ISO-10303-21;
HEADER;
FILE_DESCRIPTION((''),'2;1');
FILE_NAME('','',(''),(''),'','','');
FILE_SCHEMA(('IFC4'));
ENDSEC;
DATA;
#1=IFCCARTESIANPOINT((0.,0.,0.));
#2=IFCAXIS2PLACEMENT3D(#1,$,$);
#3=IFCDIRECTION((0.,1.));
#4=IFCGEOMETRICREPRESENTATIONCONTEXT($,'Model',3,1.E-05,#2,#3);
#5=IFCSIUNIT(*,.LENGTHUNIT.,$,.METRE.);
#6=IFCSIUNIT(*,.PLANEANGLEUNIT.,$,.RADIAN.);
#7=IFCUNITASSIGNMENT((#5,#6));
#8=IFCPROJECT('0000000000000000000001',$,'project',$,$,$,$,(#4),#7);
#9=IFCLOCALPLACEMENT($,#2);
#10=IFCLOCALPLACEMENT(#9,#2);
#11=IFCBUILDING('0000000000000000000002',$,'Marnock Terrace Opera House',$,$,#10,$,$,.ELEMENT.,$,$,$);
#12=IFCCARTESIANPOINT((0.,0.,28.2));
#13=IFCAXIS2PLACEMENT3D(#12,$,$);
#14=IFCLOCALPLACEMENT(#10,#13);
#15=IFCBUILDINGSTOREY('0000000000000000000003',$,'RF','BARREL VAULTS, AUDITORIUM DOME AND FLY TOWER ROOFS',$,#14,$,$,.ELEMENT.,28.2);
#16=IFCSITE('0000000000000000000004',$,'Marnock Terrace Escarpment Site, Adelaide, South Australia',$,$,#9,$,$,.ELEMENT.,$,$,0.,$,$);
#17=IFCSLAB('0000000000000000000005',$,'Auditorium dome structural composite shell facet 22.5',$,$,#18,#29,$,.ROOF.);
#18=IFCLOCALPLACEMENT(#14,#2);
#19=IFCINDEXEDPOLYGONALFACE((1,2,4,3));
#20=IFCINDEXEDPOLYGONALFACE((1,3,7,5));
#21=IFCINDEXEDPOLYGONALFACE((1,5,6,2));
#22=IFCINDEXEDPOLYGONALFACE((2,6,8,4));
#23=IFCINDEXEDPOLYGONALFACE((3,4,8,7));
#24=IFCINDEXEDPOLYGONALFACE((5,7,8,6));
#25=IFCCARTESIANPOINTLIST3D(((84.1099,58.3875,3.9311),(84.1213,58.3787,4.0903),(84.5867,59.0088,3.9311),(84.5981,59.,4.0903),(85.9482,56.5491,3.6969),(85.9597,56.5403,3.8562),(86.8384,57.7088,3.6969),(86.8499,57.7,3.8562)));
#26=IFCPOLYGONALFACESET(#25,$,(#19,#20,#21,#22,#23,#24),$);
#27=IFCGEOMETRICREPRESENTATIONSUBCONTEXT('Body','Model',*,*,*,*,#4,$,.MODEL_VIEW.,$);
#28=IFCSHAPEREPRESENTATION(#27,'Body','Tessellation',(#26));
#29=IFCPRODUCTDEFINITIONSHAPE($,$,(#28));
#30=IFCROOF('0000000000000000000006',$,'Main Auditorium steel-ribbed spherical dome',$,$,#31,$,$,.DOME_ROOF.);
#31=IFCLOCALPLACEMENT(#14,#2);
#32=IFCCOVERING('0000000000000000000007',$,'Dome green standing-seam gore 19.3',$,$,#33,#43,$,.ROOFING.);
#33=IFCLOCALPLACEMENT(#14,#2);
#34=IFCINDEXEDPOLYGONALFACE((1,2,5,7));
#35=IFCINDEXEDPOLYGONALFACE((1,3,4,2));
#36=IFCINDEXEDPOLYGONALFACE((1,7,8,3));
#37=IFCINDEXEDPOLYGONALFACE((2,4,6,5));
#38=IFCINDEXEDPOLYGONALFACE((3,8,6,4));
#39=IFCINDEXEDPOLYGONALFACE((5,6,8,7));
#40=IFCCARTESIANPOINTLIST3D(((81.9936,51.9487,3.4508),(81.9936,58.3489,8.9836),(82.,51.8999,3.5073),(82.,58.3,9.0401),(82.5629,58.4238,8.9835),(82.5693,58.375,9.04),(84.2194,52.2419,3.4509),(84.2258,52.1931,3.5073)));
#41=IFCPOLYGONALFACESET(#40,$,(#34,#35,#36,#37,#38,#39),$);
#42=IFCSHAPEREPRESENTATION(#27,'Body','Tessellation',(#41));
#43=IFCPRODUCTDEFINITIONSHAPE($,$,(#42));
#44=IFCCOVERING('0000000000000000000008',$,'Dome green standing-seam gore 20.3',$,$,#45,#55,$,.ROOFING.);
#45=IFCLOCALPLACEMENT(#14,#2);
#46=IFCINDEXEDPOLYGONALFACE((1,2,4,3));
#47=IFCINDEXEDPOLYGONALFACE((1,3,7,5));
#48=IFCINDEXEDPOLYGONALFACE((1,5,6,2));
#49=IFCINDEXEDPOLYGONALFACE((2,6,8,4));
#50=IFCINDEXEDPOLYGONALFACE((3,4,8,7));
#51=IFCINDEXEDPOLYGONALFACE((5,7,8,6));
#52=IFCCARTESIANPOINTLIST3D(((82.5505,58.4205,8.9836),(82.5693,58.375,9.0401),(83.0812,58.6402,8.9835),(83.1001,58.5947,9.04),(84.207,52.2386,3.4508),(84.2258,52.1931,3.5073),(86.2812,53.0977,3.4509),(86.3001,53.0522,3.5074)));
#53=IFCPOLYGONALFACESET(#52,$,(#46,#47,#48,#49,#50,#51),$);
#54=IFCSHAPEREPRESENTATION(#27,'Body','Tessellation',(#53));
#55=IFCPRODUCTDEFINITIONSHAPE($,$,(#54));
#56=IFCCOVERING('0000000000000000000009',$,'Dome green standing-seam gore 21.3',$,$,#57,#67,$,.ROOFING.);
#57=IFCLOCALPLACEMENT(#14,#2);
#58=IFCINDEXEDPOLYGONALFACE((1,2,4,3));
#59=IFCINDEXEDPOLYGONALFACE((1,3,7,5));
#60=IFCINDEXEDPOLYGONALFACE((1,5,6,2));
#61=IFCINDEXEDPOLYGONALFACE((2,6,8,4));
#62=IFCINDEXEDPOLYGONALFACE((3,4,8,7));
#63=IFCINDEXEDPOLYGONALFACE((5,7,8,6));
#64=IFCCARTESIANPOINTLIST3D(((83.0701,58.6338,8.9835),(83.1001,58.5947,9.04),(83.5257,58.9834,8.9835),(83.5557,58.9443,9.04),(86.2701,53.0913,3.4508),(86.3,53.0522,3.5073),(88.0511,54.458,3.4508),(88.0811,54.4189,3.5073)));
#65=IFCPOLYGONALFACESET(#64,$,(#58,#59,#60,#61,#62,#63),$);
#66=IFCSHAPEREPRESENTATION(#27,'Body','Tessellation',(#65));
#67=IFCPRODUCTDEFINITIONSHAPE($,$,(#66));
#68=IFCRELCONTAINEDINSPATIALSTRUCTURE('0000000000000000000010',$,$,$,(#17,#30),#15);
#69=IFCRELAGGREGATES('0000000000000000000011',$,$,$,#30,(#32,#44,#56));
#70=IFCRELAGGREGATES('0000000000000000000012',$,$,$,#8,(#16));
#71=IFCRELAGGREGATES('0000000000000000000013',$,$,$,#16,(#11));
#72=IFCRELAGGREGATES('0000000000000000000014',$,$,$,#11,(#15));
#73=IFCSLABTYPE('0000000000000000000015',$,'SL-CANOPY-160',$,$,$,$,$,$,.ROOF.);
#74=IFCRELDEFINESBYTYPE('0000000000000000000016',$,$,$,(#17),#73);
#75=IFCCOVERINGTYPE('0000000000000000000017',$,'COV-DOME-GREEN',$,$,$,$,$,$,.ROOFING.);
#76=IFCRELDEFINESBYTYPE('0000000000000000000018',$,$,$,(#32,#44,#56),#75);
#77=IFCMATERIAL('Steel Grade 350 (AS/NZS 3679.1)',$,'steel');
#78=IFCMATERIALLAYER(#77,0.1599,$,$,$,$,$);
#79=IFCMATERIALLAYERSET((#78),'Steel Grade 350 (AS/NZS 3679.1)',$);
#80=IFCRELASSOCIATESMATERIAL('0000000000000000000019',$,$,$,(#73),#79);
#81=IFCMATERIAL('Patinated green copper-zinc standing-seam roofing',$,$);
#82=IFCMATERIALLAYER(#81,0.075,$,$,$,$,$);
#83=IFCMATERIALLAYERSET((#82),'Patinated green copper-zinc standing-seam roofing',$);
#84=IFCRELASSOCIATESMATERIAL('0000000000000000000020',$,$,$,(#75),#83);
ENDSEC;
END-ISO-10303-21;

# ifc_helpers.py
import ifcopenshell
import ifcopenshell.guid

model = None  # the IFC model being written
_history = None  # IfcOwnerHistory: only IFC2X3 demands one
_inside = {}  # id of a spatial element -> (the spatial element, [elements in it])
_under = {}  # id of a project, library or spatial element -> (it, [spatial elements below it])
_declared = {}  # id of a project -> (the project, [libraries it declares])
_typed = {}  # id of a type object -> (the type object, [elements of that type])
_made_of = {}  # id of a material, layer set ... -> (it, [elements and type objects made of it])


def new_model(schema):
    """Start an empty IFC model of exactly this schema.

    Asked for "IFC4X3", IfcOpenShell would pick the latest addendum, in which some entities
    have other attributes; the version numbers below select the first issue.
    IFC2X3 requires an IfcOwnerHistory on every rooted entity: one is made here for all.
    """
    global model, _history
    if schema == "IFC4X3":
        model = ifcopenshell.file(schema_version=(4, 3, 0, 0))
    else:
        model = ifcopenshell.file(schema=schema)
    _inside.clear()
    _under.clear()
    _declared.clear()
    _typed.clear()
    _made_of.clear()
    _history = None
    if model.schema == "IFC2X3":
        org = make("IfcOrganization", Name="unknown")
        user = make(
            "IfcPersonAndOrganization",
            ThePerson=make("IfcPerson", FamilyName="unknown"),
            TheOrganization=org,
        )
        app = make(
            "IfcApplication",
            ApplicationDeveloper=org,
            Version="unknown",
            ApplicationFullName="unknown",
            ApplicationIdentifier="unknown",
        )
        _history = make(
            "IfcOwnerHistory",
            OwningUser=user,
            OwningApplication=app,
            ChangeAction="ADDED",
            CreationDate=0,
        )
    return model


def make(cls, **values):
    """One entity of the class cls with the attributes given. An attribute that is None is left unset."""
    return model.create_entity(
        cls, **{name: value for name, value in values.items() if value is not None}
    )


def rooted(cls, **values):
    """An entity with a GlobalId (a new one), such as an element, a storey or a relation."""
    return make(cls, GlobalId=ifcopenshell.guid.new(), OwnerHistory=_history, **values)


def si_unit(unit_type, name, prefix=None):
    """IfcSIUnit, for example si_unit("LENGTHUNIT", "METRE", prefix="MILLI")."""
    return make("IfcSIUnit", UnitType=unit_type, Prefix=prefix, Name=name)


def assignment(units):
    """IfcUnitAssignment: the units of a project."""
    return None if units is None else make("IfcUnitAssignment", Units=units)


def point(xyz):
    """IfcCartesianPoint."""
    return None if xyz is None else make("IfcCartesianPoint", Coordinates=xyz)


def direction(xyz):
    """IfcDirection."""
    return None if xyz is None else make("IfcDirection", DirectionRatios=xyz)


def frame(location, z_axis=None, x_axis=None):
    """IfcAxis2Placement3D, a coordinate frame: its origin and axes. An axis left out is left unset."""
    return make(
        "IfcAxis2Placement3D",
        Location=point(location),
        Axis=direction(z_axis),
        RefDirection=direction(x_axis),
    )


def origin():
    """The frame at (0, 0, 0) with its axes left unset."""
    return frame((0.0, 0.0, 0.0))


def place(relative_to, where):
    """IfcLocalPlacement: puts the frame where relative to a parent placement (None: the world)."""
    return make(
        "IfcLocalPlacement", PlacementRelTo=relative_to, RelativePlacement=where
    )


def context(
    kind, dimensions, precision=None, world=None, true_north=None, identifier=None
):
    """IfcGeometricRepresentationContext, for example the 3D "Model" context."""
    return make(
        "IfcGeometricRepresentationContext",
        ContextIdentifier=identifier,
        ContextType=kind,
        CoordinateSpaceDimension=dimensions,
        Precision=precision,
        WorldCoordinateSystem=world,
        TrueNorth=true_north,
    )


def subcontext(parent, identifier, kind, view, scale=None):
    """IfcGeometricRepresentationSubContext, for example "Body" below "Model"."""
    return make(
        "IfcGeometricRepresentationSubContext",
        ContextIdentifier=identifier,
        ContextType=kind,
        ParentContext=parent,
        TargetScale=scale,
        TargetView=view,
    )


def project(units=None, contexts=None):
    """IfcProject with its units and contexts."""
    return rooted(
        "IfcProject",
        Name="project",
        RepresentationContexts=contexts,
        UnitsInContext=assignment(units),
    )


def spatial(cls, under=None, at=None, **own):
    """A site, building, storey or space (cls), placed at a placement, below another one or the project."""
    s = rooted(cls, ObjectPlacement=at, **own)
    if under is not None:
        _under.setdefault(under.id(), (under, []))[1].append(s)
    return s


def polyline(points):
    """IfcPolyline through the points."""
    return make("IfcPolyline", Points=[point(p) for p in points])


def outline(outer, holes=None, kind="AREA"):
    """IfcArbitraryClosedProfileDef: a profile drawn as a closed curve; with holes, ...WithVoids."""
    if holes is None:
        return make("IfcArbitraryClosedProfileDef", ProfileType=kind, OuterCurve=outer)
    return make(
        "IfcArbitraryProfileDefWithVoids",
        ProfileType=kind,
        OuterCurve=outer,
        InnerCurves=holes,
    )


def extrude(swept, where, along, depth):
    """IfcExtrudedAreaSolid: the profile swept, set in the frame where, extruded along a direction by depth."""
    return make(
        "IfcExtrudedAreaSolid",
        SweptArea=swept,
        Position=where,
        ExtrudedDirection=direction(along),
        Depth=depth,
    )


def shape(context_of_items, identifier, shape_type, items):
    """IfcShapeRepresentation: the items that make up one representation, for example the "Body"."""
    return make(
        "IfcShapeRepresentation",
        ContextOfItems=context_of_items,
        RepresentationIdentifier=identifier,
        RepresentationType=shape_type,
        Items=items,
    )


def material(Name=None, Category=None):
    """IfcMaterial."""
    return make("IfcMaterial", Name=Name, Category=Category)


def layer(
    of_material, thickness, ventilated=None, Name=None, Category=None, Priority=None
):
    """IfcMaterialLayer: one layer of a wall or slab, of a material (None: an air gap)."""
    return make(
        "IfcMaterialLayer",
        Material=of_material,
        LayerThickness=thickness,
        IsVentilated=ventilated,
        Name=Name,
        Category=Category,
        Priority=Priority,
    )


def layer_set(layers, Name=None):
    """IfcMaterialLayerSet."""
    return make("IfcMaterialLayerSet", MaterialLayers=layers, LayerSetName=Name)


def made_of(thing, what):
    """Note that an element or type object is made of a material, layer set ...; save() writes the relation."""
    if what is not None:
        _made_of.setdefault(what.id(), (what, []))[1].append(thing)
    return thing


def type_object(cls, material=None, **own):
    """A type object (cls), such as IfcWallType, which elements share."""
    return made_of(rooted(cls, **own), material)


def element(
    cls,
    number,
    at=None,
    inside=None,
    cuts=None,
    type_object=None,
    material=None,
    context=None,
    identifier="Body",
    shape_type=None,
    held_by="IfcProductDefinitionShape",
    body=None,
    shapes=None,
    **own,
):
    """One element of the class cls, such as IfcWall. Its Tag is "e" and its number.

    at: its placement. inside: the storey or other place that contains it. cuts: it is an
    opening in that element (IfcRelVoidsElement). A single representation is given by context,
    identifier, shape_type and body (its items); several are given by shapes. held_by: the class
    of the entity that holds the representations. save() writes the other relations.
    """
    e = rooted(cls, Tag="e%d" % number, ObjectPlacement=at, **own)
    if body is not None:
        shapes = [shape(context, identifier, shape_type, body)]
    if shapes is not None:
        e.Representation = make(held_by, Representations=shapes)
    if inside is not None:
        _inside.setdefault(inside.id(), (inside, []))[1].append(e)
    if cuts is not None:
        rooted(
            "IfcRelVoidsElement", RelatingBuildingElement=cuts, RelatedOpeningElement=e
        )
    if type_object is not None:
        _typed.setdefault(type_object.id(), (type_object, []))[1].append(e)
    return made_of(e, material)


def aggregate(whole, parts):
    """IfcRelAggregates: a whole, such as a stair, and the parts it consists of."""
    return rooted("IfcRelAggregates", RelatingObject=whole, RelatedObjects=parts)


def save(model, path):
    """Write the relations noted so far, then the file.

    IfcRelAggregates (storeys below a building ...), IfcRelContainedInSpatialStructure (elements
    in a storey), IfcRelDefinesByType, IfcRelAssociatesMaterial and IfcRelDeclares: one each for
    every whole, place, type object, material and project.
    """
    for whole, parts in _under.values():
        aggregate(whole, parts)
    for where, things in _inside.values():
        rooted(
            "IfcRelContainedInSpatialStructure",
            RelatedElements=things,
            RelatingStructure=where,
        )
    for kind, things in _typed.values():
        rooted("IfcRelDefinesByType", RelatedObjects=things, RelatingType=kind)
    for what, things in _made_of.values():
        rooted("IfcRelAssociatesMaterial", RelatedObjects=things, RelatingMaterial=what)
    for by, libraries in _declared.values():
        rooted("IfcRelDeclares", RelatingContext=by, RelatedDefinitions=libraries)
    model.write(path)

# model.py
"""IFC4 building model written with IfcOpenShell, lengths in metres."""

from ifc_helpers import new_model, si_unit, direction, frame, origin, place, context, subcontext, project, spatial, polyline, outline, extrude, material, layer, layer_set, type_object, element, aggregate, save


model = new_model("IFC4")

# Units and contexts
model_context = context("Model", 3, precision=1e-05, world=origin(), true_north=direction((0.0, 1.0)))
body_context = subcontext(model_context, "Body", "Model", "MODEL_VIEW")
ifc_project = project(units=[si_unit("LENGTHUNIT", "METRE"), si_unit("PLANEANGLEUNIT", "RADIAN")], contexts=[model_context])

# Site, building, storey
site_placement = place(None, origin())
site = spatial("IfcSite", under=ifc_project, at=site_placement, Name="Marnock Terrace Escarpment Site, Adelaide, South Australia", CompositionType="ELEMENT", RefElevation=0.0)
building_placement = place(site_placement, origin())
building = spatial("IfcBuilding", under=site, at=building_placement, Name="Marnock Terrace Opera House", CompositionType="ELEMENT")
storey_placement = place(building_placement, frame((0.0, 0.0, 28.2)))
storey = spatial("IfcBuildingStorey", under=building, at=storey_placement, Name="RF", Description="BARREL VAULTS, AUDITORIUM DOME AND FLY TOWER ROOFS", CompositionType="ELEMENT", Elevation=28.2)

# Slab
ifc_material_1 = material(Name="Steel Grade 350 (AS/NZS 3679.1)", Category="steel")
ifc_layer_1 = layer(ifc_material_1, 0.1599)
ifc_layer_set_1 = layer_set([ifc_layer_1], Name="Steel Grade 350 (AS/NZS 3679.1)")
slab_type = type_object("IfcSlabType", Name="SL-CANOPY-160", PredefinedType="ROOF", material=ifc_layer_set_1)
slab_1_placement = place(storey_placement, frame((85.9597, 56.5403, 3.8562), z_axis=(0.071757, -0.055075, 0.9959), x_axis=(0.608887, 0.793257, -0.000004)))
element("IfcSlab", 1, at=slab_1_placement, inside=storey, type_object=slab_type, Name="Auditorium dome structural composite shell facet 22.5", PredefinedType="ROOF", context=body_context, shape_type="SweptSolid", body=[
    extrude(outline(polyline([(0.0, 0.0), (1.4619, 0.0), (1.1221, 2.5884), (0.3389, 2.5883), (0.0, 0.0)])), origin(), (0.0, 0.0, -1.0), 0.1599),
])

# Roof, coverings
roof_placement = place(storey_placement, origin())
roof = element("IfcRoof", 2, at=roof_placement, inside=storey, Name="Main Auditorium steel-ribbed spherical dome", PredefinedType="DOME_ROOF")
ifc_material_2 = material(Name="Patinated green copper-zinc standing-seam roofing")
ifc_layer_2 = layer(ifc_material_2, 0.075)
ifc_layer_set_2 = layer_set([ifc_layer_2], Name="Patinated green copper-zinc standing-seam roofing")
covering_type = type_object("IfcCoveringType", Name="COV-DOME-GREEN", PredefinedType="ROOFING", material=ifc_layer_set_2)
covering_1_placement = place(storey_placement, frame((82.0, 51.8999, 3.5073), z_axis=(0.085821, -0.651569, 0.753719), x_axis=(0.991436, 0.130596, 0.000008)))
covering_1 = element("IfcCovering", 3, at=covering_1_placement, type_object=covering_type, Name="Dome green standing-seam gore 19.3", PredefinedType="ROOFING", context=body_context, shape_type="SweptSolid", body=[
    extrude(outline(polyline([(0.0, 0.0), (2.2451, 0.0), (1.4101, 8.4186), (0.8359, 8.4187), (0.0, 0.0)])), origin(), (0.0, 0.0, -1.0), 0.075),
])
covering_2_placement = place(storey_placement, frame((84.2258, 52.1931, 3.5073), z_axis=(0.251469, -0.60719, 0.753713), x_axis=(0.923892, 0.382654, 0.000018)))
covering_2 = element("IfcCovering", 4, at=covering_2_placement, type_object=covering_type, Name="Dome green standing-seam gore 20.3", PredefinedType="ROOFING", context=body_context, shape_type="SweptSolid", body=[
    extrude(outline(polyline([(0.0, 0.0), (2.2451, 0.0), (1.4096, 8.4185), (0.8352, 8.4186), (0.0, 0.0)])), origin(), (0.0, 0.0, -1.0), 0.075),
])
covering_3_placement = place(storey_placement, frame((86.3, 53.0522, 3.5073), z_axis=(0.400101, -0.521383, 0.75371), x_axis=(0.793334, 0.608787, -0.000003)))
covering_3 = element("IfcCovering", 5, at=covering_3_placement, type_object=covering_type, Name="Dome green standing-seam gore 21.3", PredefinedType="ROOFING", context=body_context, shape_type="SweptSolid", body=[
    extrude(outline(polyline([(0.0, 0.0), (2.245, 0.0), (1.4098, 8.4185), (0.8355, 8.4185), (0.0, 0.0)])), origin(), (0.0, 0.0, -1.0), 0.075),
])
aggregate(roof, [covering_1, covering_2, covering_3])

save(model, "model.ifc")
